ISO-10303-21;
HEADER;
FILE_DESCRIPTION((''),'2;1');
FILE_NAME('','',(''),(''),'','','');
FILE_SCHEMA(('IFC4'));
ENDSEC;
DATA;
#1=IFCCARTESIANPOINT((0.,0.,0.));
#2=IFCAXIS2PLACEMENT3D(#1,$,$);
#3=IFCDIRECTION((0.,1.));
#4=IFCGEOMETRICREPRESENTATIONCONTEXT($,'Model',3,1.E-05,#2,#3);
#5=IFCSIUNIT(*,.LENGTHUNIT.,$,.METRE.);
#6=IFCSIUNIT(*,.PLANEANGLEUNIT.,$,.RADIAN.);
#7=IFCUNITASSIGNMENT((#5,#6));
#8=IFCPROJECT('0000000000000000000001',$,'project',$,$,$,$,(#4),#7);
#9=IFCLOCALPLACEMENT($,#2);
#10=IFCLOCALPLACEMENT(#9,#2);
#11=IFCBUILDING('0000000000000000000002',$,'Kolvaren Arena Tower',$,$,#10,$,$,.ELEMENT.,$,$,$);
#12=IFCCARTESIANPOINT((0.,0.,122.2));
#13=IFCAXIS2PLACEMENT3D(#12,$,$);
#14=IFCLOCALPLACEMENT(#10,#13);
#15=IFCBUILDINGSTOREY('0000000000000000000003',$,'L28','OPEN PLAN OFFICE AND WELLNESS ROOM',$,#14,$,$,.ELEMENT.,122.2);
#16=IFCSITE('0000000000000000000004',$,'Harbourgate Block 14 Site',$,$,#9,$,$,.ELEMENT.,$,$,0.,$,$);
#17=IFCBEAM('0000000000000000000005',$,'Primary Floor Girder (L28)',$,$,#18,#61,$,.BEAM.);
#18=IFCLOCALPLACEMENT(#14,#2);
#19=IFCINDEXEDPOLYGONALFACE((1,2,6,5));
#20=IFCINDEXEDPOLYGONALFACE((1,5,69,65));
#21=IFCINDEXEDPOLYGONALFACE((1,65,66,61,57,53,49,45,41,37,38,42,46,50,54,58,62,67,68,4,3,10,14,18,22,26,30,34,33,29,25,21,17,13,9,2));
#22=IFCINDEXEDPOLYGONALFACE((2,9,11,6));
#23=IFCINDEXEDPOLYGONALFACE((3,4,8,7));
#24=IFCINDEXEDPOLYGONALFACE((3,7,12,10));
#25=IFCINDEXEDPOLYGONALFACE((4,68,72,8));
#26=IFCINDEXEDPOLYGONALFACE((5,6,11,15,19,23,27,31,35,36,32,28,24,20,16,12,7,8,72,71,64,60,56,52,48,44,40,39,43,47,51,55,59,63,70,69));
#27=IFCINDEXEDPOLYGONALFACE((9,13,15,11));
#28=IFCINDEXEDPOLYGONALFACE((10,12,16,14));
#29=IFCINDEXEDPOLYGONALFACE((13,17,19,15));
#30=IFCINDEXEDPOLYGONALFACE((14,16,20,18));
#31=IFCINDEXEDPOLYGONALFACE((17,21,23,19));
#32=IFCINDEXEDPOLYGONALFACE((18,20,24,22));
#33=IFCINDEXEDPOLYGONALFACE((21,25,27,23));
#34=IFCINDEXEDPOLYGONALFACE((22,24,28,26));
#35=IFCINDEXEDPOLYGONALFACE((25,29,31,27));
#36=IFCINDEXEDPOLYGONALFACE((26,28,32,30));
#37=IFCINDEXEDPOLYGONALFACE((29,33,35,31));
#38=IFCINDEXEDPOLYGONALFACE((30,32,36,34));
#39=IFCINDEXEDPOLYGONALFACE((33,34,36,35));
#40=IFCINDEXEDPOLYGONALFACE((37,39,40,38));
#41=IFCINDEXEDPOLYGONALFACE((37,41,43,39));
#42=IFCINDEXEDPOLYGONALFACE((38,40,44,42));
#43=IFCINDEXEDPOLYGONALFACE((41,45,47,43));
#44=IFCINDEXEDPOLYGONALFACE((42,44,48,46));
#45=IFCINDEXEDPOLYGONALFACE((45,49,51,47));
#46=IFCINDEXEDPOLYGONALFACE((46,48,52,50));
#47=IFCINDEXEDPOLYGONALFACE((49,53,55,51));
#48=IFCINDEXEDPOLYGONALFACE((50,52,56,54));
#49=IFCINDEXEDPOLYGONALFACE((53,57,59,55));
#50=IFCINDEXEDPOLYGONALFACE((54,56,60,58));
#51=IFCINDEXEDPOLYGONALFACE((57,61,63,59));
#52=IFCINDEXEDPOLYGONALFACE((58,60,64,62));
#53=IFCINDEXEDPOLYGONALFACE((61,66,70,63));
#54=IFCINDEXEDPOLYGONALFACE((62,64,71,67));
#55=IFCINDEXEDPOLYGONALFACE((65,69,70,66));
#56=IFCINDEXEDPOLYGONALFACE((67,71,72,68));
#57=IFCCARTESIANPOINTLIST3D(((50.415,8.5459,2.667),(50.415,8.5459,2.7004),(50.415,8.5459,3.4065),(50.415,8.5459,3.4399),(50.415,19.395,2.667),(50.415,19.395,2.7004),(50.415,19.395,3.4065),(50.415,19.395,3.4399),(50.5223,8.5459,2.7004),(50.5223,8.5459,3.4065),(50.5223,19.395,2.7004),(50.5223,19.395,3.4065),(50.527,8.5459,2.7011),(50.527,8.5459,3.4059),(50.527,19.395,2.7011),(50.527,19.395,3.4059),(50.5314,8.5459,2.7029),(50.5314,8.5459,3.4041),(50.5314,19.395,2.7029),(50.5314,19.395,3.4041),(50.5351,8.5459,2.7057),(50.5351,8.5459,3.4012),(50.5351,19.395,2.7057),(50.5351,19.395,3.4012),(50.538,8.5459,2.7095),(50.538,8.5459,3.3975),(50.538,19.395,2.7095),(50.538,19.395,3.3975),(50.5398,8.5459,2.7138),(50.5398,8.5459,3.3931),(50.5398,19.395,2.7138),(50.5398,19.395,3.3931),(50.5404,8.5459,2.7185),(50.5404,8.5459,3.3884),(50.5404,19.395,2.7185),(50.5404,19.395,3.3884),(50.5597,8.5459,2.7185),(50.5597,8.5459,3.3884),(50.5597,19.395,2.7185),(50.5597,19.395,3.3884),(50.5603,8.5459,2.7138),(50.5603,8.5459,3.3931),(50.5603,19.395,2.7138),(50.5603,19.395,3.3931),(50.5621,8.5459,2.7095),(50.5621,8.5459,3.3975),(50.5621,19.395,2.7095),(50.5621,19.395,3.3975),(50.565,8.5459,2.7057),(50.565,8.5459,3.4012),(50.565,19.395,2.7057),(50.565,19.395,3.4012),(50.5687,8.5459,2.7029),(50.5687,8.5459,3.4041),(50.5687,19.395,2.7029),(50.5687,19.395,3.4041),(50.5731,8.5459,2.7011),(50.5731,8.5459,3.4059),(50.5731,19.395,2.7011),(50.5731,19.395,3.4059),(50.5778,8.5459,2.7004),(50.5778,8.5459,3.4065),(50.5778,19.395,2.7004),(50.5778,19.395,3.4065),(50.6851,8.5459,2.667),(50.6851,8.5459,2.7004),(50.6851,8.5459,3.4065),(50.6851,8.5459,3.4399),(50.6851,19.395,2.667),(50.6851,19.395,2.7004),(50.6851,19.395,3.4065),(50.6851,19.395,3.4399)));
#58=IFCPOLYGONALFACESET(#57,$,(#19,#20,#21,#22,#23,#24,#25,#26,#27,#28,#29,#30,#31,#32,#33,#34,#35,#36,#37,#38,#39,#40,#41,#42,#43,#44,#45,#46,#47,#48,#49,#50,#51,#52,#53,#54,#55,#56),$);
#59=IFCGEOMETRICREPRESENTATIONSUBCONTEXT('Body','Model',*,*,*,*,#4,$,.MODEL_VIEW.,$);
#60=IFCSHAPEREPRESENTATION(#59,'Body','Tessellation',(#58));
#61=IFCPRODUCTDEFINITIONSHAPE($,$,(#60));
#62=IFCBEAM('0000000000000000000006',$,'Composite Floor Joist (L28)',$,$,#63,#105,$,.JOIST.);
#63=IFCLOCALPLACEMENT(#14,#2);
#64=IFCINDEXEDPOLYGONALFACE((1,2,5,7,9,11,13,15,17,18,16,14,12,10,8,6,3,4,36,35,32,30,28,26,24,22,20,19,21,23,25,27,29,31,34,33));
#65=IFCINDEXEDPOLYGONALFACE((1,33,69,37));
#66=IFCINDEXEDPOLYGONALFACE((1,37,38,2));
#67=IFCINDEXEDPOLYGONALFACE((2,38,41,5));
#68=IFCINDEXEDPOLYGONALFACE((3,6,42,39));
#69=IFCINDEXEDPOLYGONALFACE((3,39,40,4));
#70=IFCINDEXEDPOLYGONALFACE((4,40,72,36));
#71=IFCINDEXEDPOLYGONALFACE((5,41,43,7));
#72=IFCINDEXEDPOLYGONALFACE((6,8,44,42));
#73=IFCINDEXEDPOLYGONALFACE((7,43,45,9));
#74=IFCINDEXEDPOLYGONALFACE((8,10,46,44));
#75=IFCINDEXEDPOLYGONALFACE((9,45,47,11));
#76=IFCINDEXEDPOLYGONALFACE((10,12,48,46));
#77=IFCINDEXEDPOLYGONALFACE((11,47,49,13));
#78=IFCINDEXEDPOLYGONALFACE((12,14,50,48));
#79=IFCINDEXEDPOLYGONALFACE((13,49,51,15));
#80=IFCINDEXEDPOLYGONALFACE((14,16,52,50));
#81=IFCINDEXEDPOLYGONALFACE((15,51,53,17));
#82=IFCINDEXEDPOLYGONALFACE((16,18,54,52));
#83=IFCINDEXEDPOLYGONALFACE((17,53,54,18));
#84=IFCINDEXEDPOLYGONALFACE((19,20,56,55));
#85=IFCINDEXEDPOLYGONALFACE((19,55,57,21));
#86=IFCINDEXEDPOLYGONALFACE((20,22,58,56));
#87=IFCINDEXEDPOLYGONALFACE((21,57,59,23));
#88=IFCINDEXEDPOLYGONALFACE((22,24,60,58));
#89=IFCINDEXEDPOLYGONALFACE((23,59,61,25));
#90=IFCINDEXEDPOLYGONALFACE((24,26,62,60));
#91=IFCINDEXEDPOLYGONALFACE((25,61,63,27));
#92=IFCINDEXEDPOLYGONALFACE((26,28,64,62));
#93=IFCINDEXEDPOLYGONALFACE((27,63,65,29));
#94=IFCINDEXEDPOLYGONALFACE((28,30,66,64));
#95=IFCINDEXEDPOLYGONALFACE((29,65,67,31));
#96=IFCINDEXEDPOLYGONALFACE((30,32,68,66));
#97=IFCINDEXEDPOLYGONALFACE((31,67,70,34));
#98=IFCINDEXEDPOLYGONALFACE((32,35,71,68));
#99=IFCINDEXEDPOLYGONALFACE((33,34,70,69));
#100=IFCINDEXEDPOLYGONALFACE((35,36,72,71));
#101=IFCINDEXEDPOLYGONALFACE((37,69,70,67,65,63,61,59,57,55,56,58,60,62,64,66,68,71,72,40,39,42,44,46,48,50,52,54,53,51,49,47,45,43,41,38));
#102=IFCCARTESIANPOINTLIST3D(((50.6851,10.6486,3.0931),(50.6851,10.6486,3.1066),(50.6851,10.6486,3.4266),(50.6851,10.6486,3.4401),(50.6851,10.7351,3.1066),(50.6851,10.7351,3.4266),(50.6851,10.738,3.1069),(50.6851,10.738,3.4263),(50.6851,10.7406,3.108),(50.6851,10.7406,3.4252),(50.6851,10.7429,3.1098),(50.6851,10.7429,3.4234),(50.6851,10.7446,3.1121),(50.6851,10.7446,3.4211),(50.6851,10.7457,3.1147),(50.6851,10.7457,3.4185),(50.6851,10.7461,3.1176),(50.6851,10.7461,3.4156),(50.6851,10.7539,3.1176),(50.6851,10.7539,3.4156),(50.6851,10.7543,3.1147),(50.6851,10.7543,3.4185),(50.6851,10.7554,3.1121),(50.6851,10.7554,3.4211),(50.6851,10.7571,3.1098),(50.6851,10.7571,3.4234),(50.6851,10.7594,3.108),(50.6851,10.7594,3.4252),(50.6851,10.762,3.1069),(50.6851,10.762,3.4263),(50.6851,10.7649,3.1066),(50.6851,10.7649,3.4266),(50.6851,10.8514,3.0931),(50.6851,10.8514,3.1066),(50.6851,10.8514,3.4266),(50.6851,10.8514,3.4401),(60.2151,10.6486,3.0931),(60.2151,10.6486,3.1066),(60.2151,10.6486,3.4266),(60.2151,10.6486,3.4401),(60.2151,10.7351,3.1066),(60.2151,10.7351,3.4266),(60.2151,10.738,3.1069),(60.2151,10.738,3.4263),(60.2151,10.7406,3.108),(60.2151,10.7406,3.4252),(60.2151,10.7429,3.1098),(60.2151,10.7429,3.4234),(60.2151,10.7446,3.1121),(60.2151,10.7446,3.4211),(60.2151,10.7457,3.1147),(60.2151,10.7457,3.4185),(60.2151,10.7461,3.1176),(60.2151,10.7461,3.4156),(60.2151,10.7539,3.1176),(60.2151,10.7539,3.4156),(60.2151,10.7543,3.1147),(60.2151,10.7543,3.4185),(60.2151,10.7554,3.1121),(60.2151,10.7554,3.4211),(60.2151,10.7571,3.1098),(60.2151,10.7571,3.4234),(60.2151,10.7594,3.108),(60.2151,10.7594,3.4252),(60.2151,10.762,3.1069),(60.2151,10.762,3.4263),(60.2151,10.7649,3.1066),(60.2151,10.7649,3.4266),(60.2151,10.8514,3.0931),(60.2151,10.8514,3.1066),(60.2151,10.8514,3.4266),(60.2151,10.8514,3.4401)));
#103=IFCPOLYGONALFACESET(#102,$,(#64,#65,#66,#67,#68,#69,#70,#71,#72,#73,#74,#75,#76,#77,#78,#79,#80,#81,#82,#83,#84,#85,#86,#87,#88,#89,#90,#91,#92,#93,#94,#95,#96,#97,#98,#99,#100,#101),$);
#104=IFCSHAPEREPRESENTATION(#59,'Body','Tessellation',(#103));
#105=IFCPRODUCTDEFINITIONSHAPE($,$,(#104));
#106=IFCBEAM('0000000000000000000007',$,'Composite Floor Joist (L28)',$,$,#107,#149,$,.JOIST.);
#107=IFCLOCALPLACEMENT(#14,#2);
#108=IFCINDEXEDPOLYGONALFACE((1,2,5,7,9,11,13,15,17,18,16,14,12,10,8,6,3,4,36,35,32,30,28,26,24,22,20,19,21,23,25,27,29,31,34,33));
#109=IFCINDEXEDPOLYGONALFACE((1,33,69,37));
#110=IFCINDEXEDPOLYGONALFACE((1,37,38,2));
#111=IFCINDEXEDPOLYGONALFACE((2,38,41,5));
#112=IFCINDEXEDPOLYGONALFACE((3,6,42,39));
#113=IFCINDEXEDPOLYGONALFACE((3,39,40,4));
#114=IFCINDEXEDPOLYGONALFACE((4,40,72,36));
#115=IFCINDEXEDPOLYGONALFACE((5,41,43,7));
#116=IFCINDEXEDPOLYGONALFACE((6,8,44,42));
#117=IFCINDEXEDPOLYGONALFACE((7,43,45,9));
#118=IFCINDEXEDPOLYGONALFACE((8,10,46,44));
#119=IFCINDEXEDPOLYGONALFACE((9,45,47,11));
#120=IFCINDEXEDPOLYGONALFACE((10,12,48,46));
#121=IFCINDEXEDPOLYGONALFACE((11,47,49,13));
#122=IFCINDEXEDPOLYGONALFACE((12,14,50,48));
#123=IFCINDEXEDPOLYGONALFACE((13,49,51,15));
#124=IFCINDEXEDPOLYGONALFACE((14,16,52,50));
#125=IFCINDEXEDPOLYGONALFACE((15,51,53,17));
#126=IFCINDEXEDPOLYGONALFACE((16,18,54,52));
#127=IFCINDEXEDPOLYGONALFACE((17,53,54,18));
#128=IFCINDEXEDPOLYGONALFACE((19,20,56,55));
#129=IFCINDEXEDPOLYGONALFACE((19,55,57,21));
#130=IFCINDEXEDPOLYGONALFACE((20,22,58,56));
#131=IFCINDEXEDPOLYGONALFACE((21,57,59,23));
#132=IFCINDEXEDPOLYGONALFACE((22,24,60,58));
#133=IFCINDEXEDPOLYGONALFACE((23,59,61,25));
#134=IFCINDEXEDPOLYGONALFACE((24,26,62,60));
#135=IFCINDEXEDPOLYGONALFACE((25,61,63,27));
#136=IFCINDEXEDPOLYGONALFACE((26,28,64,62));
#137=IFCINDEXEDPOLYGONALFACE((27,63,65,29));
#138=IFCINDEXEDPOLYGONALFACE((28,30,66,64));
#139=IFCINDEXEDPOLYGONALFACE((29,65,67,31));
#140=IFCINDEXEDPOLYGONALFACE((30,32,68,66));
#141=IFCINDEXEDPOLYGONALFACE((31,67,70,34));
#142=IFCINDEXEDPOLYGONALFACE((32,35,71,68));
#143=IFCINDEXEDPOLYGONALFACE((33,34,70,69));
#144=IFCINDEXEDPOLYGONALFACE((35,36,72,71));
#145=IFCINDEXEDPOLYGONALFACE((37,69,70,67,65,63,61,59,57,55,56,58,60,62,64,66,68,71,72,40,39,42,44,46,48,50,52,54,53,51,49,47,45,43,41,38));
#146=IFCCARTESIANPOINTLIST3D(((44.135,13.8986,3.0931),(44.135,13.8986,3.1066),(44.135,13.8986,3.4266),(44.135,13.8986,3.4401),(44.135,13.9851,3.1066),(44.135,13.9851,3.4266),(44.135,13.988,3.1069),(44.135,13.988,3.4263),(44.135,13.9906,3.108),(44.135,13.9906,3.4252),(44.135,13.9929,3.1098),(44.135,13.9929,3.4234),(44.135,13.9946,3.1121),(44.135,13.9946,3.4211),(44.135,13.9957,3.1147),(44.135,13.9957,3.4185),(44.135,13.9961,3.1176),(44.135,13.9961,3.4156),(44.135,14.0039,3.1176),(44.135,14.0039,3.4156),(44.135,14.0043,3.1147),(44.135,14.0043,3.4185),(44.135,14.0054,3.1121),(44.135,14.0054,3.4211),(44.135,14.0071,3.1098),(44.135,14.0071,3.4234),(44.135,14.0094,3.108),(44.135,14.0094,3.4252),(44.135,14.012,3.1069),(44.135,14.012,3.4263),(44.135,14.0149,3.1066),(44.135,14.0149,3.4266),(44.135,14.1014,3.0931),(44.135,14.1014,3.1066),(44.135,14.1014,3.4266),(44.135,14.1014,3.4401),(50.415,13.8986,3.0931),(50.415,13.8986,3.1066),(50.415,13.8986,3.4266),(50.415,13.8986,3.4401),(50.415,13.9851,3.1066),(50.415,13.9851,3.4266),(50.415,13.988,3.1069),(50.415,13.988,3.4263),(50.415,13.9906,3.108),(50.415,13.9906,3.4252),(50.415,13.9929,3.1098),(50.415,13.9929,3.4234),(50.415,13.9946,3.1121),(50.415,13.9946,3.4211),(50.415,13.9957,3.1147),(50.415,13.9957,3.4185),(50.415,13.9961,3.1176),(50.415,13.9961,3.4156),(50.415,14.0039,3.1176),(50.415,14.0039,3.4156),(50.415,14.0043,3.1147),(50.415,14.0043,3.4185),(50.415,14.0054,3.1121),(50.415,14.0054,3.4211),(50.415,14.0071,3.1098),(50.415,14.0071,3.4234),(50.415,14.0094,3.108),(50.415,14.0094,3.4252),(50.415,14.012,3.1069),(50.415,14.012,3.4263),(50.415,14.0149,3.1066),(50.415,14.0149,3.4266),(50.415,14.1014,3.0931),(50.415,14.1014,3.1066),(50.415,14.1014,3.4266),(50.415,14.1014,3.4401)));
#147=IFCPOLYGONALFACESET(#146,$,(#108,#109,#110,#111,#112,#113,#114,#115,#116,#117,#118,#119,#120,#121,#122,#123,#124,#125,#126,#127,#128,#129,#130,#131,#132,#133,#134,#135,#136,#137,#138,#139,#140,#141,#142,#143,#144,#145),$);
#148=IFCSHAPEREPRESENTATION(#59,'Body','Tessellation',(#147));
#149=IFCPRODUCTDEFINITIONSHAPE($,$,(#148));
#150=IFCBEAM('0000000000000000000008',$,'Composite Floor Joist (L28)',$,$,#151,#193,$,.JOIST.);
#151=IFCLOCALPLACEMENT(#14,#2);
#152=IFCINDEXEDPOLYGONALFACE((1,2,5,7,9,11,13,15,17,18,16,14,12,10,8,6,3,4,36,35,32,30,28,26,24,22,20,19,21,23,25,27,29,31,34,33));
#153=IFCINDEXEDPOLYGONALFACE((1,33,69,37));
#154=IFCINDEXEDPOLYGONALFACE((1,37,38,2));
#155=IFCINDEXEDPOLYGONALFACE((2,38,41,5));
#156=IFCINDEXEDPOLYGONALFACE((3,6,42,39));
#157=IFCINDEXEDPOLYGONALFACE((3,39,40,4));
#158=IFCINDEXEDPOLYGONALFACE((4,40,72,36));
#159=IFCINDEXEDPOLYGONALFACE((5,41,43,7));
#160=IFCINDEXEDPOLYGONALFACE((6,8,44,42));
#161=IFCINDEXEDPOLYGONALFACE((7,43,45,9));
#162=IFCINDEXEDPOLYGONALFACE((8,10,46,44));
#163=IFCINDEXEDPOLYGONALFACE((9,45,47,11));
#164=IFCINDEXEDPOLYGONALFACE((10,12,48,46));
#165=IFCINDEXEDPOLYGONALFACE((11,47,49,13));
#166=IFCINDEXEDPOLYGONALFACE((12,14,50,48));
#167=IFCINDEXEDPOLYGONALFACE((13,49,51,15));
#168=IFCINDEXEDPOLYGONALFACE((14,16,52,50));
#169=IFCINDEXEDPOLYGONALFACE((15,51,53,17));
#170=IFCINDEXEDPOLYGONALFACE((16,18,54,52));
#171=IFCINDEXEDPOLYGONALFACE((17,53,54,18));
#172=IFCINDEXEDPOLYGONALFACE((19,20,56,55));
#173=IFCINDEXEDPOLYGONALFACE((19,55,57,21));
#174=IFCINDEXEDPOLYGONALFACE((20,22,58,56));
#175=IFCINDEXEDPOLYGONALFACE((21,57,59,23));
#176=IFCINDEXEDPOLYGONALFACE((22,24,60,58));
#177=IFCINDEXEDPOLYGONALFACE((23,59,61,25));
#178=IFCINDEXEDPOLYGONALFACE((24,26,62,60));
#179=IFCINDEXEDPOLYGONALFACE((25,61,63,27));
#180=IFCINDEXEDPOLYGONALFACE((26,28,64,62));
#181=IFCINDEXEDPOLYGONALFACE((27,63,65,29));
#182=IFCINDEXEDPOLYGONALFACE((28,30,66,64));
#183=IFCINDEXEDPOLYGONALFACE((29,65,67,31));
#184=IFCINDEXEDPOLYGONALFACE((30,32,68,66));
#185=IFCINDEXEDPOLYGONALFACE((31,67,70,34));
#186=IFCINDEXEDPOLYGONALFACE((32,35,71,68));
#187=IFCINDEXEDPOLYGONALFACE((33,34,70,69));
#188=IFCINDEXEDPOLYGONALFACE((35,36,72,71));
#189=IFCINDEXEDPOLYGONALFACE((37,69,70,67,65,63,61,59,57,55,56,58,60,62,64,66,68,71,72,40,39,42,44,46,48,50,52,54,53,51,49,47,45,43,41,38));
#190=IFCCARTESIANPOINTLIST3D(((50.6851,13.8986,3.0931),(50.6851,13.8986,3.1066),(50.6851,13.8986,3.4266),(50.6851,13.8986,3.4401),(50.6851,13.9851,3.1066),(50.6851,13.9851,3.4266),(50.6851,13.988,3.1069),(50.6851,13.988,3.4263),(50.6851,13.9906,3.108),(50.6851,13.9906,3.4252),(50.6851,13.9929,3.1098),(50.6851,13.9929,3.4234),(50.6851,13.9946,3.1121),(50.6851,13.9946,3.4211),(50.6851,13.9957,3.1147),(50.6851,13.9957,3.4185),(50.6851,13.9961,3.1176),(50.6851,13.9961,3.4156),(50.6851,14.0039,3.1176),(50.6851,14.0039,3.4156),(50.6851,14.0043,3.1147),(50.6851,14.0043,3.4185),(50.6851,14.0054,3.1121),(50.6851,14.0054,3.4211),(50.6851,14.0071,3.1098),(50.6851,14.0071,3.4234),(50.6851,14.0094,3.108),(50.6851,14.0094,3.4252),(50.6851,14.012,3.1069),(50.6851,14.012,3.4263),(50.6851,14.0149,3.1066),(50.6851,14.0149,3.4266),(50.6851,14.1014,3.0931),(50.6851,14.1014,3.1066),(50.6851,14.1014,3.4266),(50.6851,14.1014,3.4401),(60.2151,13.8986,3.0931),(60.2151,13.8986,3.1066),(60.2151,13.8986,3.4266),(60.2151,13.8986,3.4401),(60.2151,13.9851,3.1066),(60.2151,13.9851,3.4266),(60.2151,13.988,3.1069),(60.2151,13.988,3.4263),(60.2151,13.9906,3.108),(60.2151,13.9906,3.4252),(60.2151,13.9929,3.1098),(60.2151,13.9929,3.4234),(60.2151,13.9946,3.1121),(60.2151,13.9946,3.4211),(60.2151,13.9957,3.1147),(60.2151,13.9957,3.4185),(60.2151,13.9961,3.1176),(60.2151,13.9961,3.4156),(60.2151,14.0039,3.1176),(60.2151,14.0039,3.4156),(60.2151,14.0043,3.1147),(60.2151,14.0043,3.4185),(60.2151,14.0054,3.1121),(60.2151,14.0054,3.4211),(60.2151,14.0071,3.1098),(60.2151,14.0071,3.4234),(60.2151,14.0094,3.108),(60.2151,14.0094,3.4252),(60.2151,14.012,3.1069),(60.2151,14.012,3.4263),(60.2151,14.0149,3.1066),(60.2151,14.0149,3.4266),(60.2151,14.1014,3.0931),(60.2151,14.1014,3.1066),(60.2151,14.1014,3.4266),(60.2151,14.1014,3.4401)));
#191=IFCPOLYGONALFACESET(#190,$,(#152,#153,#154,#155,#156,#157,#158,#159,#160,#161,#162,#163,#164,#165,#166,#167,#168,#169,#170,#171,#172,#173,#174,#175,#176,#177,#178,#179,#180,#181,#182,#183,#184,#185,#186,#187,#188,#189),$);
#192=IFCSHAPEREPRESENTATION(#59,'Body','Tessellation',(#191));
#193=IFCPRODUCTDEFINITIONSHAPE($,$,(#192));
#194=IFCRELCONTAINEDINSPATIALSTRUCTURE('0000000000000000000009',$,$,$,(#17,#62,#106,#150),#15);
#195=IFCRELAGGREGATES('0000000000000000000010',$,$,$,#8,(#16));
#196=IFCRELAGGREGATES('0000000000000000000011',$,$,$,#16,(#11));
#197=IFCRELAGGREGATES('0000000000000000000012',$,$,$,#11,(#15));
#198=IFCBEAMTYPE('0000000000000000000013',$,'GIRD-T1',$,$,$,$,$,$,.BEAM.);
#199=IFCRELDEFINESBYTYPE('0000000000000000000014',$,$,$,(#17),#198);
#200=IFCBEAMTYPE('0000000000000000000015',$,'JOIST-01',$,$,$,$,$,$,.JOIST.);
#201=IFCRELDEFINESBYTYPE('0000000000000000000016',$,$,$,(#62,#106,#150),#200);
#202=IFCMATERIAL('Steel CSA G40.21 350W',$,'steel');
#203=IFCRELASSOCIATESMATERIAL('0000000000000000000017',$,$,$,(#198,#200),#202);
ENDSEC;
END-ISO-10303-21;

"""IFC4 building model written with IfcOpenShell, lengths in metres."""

from ifc_helpers import new_model, si_unit, direction, frame, origin, origin_2d, place, context, subcontext, project, spatial, i_section, extrude, material, material_profile, profile_set, type_object, element, save


model = new_model("IFC4")

# Units and contexts
model_context = context("Model", 3, precision=1e-05, world=origin(), true_north=direction((0.0, 1.0)))
body_context = subcontext(model_context, "Body", "Model", "MODEL_VIEW")
ifc_project = project(units=[si_unit("LENGTHUNIT", "METRE"), si_unit("PLANEANGLEUNIT", "RADIAN")], contexts=[model_context])

# Site, building, storey
site_placement = place(None, origin())
site = spatial("IfcSite", under=ifc_project, at=site_placement, Name="Harbourgate Block 14 Site", CompositionType="ELEMENT", RefElevation=0.0)
building_placement = place(site_placement, origin())
building = spatial("IfcBuilding", under=site, at=building_placement, Name="Kolvaren Arena Tower", CompositionType="ELEMENT")
storey_placement = place(building_placement, frame((0.0, 0.0, 122.2)))
storey = spatial("IfcBuildingStorey", under=building, at=storey_placement, Name="L28", Description="OPEN PLAN OFFICE AND WELLNESS ROOM", CompositionType="ELEMENT", Elevation=122.2)

# Beams
ifc_material_1 = material(Name="Steel CSA G40.21 350W", Category="steel")
ifc_material_profile_1 = material_profile(ifc_material_1, i_section(OverallWidth=0.27, OverallDepth=0.7729, WebThickness=0.0193, FlangeThickness=0.0334, FilletRadius=0.0181, at=origin_2d()), Name="W760x257")
ifc_profile_set_1 = profile_set([ifc_material_profile_1], Name="Steel CSA G40.21 350W")
beam_type_1 = type_object("IfcBeamType", Name="GIRD-T1", PredefinedType="BEAM", material=ifc_profile_set_1)
beam_1_placement = place(storey_placement, frame((50.55, 8.5459, 3.0535), z_axis=(0.0, 1.0, 0.0), x_axis=(-1.0, 0.0, 0.0)))
element("IfcBeam", 1, at=beam_1_placement, inside=storey, type_object=beam_type_1, Name="Primary Floor Girder (L28)", PredefinedType="BEAM", context=body_context, shape_type="SweptSolid", body=[
    extrude(i_section(OverallWidth=0.27, OverallDepth=0.7729, WebThickness=0.0193, FlangeThickness=0.0334, FilletRadius=0.0181, at=origin_2d()), origin(), (0.0, 0.0, 1.0), 10.8491),
])
ifc_material_profile_2 = material_profile(ifc_material_1, i_section(OverallWidth=0.2029, OverallDepth=0.3469, WebThickness=0.0078, FlangeThickness=0.0134, FilletRadius=0.011, at=origin_2d()), Name="W360x64")
ifc_profile_set_2 = profile_set([ifc_material_profile_2], Name="Steel CSA G40.21 350W")
beam_type_2 = type_object("IfcBeamType", Name="JOIST-01", PredefinedType="JOIST", material=ifc_profile_set_2)
beam_2_placement = place(storey_placement, frame((50.6851, 10.75, 3.2666), z_axis=(1.0, 0.0, 0.0), x_axis=(0.0, 1.0, 0.0)))
element("IfcBeam", 2, at=beam_2_placement, inside=storey, type_object=beam_type_2, Name="Composite Floor Joist (L28)", PredefinedType="JOIST", context=body_context, shape_type="SweptSolid", body=[
    extrude(i_section(OverallWidth=0.2029, OverallDepth=0.3469, WebThickness=0.0078, FlangeThickness=0.0134, FilletRadius=0.011, at=origin_2d()), origin(), (0.0, 0.0, 1.0), 9.53),
])
beam_3_placement = place(storey_placement, frame((44.135, 14.0, 3.2666), z_axis=(1.0, 0.0, 0.0), x_axis=(0.0, 1.0, 0.0)))
element("IfcBeam", 3, at=beam_3_placement, inside=storey, type_object=beam_type_2, Name="Composite Floor Joist (L28)", PredefinedType="JOIST", context=body_context, shape_type="SweptSolid", body=[
    extrude(i_section(OverallWidth=0.2029, OverallDepth=0.3469, WebThickness=0.0078, FlangeThickness=0.0134, FilletRadius=0.011, at=origin_2d()), origin(), (0.0, 0.0, 1.0), 6.28),
])
beam_4_placement = place(storey_placement, frame((50.6851, 14.0, 3.2666), z_axis=(1.0, 0.0, 0.0), x_axis=(0.0, 1.0, 0.0)))
element("IfcBeam", 4, at=beam_4_placement, inside=storey, type_object=beam_type_2, Name="Composite Floor Joist (L28)", PredefinedType="JOIST", context=body_context, shape_type="SweptSolid", body=[
    extrude(i_section(OverallWidth=0.2029, OverallDepth=0.3469, WebThickness=0.0078, FlangeThickness=0.0134, FilletRadius=0.011, at=origin_2d()), origin(), (0.0, 0.0, 1.0), 9.53),
])

save(model, "model.ifc")
